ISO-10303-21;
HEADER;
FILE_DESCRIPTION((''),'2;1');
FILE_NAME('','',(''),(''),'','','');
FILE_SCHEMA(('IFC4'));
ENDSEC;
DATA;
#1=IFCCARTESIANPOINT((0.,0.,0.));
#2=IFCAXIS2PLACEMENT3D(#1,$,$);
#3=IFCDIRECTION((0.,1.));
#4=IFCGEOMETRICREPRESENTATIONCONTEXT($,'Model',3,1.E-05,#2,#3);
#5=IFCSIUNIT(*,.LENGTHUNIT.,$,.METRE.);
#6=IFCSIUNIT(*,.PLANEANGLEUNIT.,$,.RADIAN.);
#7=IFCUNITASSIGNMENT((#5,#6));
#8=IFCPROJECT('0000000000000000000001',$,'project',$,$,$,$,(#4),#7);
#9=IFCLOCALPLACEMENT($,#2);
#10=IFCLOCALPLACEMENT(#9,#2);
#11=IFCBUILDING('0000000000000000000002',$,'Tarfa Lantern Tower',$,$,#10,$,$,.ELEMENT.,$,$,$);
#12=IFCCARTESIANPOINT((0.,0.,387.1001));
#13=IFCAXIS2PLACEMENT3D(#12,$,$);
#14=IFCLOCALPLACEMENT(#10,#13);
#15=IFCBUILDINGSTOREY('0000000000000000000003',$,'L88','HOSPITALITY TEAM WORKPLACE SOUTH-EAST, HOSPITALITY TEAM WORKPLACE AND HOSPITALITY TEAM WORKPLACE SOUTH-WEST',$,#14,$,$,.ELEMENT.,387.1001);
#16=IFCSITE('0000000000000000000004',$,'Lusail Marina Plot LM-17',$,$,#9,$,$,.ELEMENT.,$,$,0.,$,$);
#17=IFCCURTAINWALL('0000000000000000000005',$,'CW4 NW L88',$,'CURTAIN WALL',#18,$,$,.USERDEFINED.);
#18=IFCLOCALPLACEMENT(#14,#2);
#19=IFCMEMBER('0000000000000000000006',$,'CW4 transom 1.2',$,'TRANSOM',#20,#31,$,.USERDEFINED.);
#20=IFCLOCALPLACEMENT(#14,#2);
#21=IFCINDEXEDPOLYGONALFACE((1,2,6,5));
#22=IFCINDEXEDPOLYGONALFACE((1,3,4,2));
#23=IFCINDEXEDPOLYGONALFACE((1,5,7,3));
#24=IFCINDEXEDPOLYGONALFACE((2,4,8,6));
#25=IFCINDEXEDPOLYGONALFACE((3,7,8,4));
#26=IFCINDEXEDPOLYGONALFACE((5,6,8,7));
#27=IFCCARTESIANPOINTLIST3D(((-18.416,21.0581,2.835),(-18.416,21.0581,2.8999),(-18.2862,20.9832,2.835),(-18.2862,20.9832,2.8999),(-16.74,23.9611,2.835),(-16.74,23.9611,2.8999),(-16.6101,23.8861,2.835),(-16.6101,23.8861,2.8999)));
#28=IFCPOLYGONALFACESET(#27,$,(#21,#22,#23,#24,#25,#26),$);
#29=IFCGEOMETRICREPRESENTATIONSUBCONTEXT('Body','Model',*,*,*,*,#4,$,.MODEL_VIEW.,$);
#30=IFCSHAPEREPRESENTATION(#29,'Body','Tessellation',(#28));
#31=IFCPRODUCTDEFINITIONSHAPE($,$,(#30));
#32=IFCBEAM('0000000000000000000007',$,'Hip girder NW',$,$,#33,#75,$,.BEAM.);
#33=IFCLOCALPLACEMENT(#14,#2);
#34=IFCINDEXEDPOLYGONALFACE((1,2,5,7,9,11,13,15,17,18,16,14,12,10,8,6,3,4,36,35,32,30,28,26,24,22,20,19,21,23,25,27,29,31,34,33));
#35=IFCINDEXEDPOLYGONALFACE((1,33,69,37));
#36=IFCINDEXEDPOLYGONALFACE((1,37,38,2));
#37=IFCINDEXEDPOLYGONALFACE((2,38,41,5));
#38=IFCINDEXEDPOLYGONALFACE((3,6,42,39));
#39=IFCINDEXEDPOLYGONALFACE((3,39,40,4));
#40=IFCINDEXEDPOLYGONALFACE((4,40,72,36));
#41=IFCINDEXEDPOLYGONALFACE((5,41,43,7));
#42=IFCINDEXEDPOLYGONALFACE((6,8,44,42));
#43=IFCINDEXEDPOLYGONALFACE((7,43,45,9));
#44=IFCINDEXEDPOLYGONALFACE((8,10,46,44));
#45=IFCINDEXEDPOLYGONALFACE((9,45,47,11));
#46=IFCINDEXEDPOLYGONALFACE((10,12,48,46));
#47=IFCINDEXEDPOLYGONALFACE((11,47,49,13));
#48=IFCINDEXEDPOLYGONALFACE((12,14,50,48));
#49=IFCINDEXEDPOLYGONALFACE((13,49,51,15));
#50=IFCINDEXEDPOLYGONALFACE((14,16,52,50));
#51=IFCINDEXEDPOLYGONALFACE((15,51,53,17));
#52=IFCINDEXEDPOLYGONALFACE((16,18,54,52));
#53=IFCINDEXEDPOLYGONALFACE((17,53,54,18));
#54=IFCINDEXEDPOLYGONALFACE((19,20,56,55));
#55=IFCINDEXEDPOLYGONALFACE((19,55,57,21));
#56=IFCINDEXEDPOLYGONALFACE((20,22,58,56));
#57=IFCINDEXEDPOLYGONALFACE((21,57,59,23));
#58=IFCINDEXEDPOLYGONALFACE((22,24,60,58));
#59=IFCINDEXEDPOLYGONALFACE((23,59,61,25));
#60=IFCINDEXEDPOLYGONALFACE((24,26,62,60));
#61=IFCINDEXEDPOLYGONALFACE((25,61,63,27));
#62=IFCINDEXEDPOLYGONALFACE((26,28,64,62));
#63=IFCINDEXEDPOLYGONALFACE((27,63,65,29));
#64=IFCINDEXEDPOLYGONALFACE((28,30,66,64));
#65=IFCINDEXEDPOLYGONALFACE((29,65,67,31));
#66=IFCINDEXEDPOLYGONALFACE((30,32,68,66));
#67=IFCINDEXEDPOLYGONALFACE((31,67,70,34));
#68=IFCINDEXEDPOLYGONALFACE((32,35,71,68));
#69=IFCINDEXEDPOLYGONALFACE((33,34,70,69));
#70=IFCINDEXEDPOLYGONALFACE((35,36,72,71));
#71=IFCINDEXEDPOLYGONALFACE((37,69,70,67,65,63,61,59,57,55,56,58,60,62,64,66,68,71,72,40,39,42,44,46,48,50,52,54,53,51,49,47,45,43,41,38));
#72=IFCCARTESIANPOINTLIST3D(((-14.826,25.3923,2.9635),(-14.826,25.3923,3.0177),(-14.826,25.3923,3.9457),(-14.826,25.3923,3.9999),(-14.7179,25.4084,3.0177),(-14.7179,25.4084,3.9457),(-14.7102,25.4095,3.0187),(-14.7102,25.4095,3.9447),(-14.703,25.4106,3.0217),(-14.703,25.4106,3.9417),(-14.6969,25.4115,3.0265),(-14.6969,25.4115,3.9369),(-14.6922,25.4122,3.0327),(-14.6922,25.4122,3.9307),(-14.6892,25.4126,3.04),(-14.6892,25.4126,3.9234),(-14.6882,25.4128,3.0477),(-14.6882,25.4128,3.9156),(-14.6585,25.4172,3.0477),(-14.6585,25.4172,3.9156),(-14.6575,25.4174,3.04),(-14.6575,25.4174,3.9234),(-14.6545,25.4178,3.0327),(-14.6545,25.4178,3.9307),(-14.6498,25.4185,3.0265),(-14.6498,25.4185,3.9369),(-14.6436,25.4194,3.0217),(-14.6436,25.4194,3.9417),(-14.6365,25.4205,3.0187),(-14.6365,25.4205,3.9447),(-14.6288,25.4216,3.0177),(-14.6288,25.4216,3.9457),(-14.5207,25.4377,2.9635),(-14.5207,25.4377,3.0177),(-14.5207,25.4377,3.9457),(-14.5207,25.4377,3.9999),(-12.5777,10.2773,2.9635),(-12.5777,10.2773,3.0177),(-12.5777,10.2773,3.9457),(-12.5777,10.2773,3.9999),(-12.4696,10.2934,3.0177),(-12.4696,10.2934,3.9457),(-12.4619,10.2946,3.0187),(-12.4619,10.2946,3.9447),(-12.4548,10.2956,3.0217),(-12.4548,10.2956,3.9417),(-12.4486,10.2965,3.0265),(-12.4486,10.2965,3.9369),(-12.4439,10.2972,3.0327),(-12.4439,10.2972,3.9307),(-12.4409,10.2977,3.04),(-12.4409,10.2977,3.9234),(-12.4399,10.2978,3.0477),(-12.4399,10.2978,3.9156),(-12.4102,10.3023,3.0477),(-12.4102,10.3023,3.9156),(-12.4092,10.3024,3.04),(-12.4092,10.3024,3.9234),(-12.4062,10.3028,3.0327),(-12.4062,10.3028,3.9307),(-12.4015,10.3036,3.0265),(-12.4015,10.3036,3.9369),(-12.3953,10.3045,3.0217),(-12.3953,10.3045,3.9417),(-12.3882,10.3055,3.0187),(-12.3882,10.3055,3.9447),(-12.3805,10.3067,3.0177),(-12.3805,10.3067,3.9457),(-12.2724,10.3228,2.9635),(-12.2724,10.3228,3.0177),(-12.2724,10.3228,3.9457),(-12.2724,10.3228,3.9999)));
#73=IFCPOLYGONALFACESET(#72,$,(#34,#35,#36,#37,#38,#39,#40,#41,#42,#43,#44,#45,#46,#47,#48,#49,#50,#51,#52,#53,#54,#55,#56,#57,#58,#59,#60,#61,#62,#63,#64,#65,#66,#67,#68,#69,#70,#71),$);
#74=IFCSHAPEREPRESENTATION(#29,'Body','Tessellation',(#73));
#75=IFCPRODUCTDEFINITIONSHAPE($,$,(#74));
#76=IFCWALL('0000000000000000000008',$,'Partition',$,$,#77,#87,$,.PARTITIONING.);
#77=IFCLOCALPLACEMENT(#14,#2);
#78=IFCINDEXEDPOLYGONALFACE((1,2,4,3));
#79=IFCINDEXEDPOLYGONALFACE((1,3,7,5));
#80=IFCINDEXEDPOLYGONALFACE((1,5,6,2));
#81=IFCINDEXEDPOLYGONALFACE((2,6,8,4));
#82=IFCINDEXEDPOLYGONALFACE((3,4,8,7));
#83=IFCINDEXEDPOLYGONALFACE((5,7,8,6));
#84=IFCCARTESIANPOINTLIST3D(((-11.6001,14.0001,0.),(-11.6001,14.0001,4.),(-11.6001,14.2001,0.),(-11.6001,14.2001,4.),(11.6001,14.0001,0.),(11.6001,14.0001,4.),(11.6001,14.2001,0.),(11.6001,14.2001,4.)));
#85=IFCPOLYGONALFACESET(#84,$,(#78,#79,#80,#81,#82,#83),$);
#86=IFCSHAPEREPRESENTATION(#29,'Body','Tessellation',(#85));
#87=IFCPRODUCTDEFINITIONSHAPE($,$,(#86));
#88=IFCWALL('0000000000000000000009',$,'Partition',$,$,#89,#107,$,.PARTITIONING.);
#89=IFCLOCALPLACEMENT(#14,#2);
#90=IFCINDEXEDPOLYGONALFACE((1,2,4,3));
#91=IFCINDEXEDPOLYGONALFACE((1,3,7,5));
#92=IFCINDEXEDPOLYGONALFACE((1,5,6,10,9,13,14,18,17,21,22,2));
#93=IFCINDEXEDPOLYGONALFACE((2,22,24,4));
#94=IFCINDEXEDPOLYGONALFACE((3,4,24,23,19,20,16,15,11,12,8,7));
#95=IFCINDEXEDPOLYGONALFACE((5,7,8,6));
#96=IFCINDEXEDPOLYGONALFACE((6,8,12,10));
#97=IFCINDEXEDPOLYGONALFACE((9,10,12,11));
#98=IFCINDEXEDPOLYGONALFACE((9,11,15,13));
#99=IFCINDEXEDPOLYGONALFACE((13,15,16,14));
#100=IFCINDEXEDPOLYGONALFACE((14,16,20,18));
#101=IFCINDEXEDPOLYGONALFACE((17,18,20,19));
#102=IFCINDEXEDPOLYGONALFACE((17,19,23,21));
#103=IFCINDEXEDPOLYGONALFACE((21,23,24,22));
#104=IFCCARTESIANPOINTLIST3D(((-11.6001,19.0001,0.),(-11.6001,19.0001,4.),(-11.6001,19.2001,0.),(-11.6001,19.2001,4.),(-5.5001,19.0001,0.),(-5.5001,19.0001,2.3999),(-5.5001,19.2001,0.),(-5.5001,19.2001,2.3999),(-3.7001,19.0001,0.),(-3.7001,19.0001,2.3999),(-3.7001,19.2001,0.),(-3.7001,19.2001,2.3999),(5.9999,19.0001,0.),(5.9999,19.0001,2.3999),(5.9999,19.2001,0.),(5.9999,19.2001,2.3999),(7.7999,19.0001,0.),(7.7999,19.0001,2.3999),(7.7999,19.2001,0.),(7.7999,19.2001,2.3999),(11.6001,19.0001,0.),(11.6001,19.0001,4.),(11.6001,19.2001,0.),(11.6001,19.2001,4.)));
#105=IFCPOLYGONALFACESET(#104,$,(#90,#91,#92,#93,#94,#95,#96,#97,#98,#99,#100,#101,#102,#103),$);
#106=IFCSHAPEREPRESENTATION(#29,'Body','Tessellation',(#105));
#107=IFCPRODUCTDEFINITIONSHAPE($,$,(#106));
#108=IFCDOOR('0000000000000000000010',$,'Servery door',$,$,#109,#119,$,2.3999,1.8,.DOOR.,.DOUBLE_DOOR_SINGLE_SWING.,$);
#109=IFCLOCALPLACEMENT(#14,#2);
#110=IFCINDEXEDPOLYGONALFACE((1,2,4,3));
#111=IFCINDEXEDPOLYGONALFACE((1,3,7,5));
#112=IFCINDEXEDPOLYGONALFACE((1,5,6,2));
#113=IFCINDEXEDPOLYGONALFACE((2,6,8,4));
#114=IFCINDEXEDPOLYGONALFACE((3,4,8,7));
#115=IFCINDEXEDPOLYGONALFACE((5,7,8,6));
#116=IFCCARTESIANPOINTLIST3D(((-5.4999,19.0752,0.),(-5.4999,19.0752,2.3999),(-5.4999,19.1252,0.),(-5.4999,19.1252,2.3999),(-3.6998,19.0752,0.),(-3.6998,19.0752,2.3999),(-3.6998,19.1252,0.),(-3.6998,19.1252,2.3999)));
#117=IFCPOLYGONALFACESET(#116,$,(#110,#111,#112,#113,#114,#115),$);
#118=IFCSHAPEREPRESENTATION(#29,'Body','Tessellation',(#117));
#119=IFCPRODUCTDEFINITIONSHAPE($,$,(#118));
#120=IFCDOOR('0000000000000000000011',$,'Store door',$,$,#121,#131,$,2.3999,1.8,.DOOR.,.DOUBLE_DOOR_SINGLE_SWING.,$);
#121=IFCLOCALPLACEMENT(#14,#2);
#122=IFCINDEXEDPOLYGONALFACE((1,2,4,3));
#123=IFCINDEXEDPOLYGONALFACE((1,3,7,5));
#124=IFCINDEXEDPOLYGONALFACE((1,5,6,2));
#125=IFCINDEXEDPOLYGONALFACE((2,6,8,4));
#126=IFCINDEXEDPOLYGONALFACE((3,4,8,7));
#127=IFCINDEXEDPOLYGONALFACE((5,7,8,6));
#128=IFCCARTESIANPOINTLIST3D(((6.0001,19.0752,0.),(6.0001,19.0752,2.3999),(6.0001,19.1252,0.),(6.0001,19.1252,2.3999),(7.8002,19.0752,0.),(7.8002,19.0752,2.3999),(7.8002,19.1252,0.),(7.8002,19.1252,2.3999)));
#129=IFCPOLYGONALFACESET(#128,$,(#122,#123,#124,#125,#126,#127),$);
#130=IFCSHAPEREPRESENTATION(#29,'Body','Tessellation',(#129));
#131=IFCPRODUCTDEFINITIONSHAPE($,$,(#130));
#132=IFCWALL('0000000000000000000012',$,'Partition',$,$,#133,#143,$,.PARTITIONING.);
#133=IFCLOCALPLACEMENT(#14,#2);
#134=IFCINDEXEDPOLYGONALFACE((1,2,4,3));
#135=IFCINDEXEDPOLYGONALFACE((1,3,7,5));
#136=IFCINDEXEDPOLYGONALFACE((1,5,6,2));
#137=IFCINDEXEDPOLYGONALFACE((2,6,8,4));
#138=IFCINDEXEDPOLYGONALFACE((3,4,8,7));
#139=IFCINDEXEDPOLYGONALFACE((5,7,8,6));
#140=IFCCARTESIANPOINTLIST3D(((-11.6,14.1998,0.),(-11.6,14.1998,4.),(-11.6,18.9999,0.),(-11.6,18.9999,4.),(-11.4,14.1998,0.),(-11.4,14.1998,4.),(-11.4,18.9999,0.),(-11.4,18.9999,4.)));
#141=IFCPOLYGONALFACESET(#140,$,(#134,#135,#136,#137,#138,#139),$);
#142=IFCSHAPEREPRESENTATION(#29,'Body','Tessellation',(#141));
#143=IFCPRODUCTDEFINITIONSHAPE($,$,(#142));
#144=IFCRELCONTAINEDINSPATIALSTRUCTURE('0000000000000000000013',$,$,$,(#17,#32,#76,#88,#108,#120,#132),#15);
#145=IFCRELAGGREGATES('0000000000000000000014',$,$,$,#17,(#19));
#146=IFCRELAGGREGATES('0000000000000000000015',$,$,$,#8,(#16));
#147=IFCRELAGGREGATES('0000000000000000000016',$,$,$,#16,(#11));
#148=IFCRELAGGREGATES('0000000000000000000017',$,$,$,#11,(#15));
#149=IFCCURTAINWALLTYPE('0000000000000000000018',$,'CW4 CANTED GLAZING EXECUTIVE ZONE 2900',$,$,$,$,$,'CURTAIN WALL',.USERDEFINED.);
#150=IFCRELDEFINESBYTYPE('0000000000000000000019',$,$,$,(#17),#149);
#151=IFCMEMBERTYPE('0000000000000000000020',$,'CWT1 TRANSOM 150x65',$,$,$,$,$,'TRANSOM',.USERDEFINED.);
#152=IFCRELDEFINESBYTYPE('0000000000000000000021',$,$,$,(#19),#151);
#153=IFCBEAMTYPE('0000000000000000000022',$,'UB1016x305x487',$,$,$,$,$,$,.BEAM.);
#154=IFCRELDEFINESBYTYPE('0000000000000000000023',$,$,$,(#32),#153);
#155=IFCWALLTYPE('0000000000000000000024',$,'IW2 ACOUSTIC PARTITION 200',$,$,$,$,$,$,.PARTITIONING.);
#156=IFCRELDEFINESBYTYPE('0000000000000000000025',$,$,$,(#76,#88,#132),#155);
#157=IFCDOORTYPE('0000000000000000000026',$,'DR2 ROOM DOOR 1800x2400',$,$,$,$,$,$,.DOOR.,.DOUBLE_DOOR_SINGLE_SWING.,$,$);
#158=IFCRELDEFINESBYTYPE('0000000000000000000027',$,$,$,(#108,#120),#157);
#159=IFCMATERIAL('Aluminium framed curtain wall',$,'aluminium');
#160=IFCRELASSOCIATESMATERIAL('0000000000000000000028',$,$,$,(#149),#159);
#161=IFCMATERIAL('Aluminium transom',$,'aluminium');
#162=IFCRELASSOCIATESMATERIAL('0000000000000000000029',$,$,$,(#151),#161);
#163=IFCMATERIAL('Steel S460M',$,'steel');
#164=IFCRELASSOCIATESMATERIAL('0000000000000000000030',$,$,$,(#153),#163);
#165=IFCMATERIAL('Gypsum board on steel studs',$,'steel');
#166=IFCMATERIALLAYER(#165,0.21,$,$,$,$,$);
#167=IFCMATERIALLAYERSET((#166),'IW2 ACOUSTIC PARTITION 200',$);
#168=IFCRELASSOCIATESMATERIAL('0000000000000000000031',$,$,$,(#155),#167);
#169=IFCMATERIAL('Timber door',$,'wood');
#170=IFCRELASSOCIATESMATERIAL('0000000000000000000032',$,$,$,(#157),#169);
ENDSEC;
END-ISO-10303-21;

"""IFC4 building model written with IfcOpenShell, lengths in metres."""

from ifc_helpers import new_model, si_unit, direction, frame, frame_2d, origin, origin_2d, place, context, subcontext, project, spatial, rectangle, i_section, extrude, material, layer, layer_set, material_profile, profile_set, type_object, element, fill, aggregate, save


model = new_model("IFC4")

# Units and contexts
model_context = context("Model", 3, precision=1e-05, world=origin(), true_north=direction((0.0, 1.0)))
body_context = subcontext(model_context, "Body", "Model", "MODEL_VIEW")
ifc_project = project(units=[si_unit("LENGTHUNIT", "METRE"), si_unit("PLANEANGLEUNIT", "RADIAN")], contexts=[model_context])

# Site, building, storey
site_placement = place(None, origin())
site = spatial("IfcSite", under=ifc_project, at=site_placement, Name="Lusail Marina Plot LM-17", CompositionType="ELEMENT", RefElevation=0.0)
building_placement = place(site_placement, origin())
building = spatial("IfcBuilding", under=site, at=building_placement, Name="Tarfa Lantern Tower", CompositionType="ELEMENT")
storey_placement = place(building_placement, frame((0.0, 0.0, 387.1001)))
storey = spatial("IfcBuildingStorey", under=building, at=storey_placement, Name="L88", Description="HOSPITALITY TEAM WORKPLACE SOUTH-EAST, HOSPITALITY TEAM WORKPLACE AND HOSPITALITY TEAM WORKPLACE SOUTH-WEST", CompositionType="ELEMENT", Elevation=387.1001)

# Curtain wall, member
ifc_material_1 = material(Name="Aluminium framed curtain wall", Category="aluminium")
curtain_wall_type = type_object("IfcCurtainWallType", Name="CW4 CANTED GLAZING EXECUTIVE ZONE 2900", ElementType="CURTAIN WALL", PredefinedType="USERDEFINED", material=ifc_material_1)
curtain_wall_placement = place(storey_placement, origin())
curtain_wall = element("IfcCurtainWall", 1, at=curtain_wall_placement, inside=storey, type_object=curtain_wall_type, Name="CW4 NW L88", ObjectType="CURTAIN WALL", PredefinedType="USERDEFINED")
ifc_material_2 = material(Name="Aluminium transom", Category="aluminium")
ifc_material_profile_1 = material_profile(ifc_material_2, rectangle(XDim=0.1499, YDim=0.0649, at=origin_2d()), Name="AL TRANSOM 150x65")
ifc_profile_set_1 = profile_set([ifc_material_profile_1], Name="Aluminium transom")
member_type = type_object("IfcMemberType", Name="CWT1 TRANSOM 150x65", ElementType="TRANSOM", PredefinedType="USERDEFINED", material=ifc_profile_set_1)
member_placement = place(storey_placement, frame((-16.675, 23.9236, 2.8674), z_axis=(-0.500017, -0.866016, 0.0), x_axis=(0.866016, -0.500017, 0.0)))
member = element("IfcMember", 2, at=member_placement, type_object=member_type, Name="CW4 transom 1.2", ObjectType="TRANSOM", PredefinedType="USERDEFINED", context=body_context, shape_type="SweptSolid", body=[
    extrude(rectangle(XDim=0.1499, YDim=0.0649, at=origin_2d()), origin(), (0.0, 0.0, 1.0), 3.3521),
])
aggregate(curtain_wall, [member])

# Beam
ifc_material_3 = material(Name="Steel S460M", Category="steel")
ifc_material_profile_2 = material_profile(ifc_material_3, i_section(OverallWidth=0.3086, OverallDepth=1.0364, WebThickness=0.03, FlangeThickness=0.0542, FilletRadius=0.03, at=origin_2d()), Name="UB1016x305x487")
ifc_profile_set_2 = profile_set([ifc_material_profile_2], Name="Steel S460M")
beam_type = type_object("IfcBeamType", Name="UB1016x305x487", PredefinedType="BEAM", material=ifc_profile_set_2)
beam_placement = place(storey_placement, frame((-12.425, 10.3, 3.4817), z_axis=(-0.147127, 0.989118, 0.0), x_axis=(-0.989118, -0.147127, 0.0)))
element("IfcBeam", 3, at=beam_placement, inside=storey, type_object=beam_type, Name="Hip girder NW", PredefinedType="BEAM", context=body_context, shape_type="SweptSolid", body=[
    extrude(i_section(OverallWidth=0.3086, OverallDepth=1.0364, WebThickness=0.03, FlangeThickness=0.0542, FilletRadius=0.03, at=origin_2d()), origin(), (0.0, 0.0, 1.0), 15.2812),
])

# Wall
ifc_material_4 = material(Name="Gypsum board on steel studs", Category="steel")
ifc_layer_1 = layer(ifc_material_4, 0.21)
ifc_layer_set_1 = layer_set([ifc_layer_1], Name="IW2 ACOUSTIC PARTITION 200")
wall_type_1 = type_object("IfcWallType", Name="IW2 ACOUSTIC PARTITION 200", PredefinedType="PARTITIONING", material=ifc_layer_set_1)
wall_1_placement = place(storey_placement, frame((-11.6001, 14.1001, 0.0), z_axis=(0.0, 0.0, 1.0), x_axis=(1.0, 0.0, 0.0)))
element("IfcWall", 4, at=wall_1_placement, inside=storey, type_object=wall_type_1, Name="Partition", PredefinedType="PARTITIONING", context=body_context, shape_type="SweptSolid", body=[
    extrude(rectangle(XDim=23.2002, YDim=0.2, at=frame_2d((11.6001, 0.0))), origin(), (0.0, 0.0, 1.0), 4.0),
])

# Wall, openings, doors
wall_2_placement = place(storey_placement, frame((-11.6001, 19.1001, 0.0), z_axis=(0.0, 0.0, 1.0), x_axis=(1.0, 0.0, 0.0)))
wall_2 = element("IfcWall", 5, at=wall_2_placement, inside=storey, type_object=wall_type_1, Name="Partition", PredefinedType="PARTITIONING", context=body_context, shape_type="SweptSolid", body=[
    extrude(rectangle(XDim=23.2002, YDim=0.2, at=frame_2d((11.6001, 0.0))), origin(), (0.0, 0.0, 1.0), 4.0),
])
opening_1_placement = place(wall_2_placement, frame((6.1001, 0.0, 0.0)))
opening_1 = element("IfcOpeningElement", 6, at=opening_1_placement, cuts=wall_2, PredefinedType="OPENING", context=body_context, shape_type="SweptSolid", body=[
    extrude(rectangle(XDim=1.8, YDim=2.3999, at=frame_2d((0.8999, 1.2))), frame((0.0, 0.1099, 0.0), z_axis=(0.0, -1.0, 0.0), x_axis=(1.0, 0.0, 0.0)), (0.0, 0.0, 1.0), 0.22),
])
opening_2_placement = place(wall_2_placement, frame((17.6001, 0.0, 0.0)))
opening_2 = element("IfcOpeningElement", 7, at=opening_2_placement, cuts=wall_2, PredefinedType="OPENING", context=body_context, shape_type="SweptSolid", body=[
    extrude(rectangle(XDim=1.8, YDim=2.3999, at=frame_2d((0.8999, 1.2))), frame((0.0, 0.1099, 0.0), z_axis=(0.0, -1.0, 0.0), x_axis=(1.0, 0.0, 0.0)), (0.0, 0.0, 1.0), 0.22),
])
ifc_material_5 = material(Name="Timber door", Category="wood")
door_type_1 = type_object("IfcDoorType", Name="DR2 ROOM DOOR 1800x2400", OperationType="DOUBLE_DOOR_SINGLE_SWING", PredefinedType="DOOR", material=ifc_material_5)
door_1_placement = place(opening_1_placement, frame((1.8, 0.0, 0.0), z_axis=(0.0, 0.0, 1.0), x_axis=(-1.0, 0.0, 0.0)))
door_1 = element("IfcDoor", 8, at=door_1_placement, inside=storey, type_object=door_type_1, Name="Servery door", OperationType="DOUBLE_DOOR_SINGLE_SWING", OverallHeight=2.3999, OverallWidth=1.8, PredefinedType="DOOR", context=body_context, shape_type="SweptSolid", body=[
    extrude(rectangle(XDim=1.8, YDim=2.3999, at=frame_2d((0.8999, 1.2))), frame((0.0, 0.0249, 0.0), z_axis=(0.0, -1.0, 0.0), x_axis=(1.0, 0.0, 0.0)), (0.0, 0.0, 1.0), 0.05),
])
fill(opening_1, door_1)
door_2_placement = place(opening_2_placement, frame((1.8, 0.0, 0.0), z_axis=(0.0, 0.0, 1.0), x_axis=(-1.0, 0.0, 0.0)))
door_2 = element("IfcDoor", 9, at=door_2_placement, inside=storey, type_object=door_type_1, Name="Store door", OperationType="DOUBLE_DOOR_SINGLE_SWING", OverallHeight=2.3999, OverallWidth=1.8, PredefinedType="DOOR", context=body_context, shape_type="SweptSolid", body=[
    extrude(rectangle(XDim=1.8, YDim=2.3999, at=frame_2d((0.8999, 1.2))), frame((0.0, 0.0249, 0.0), z_axis=(0.0, -1.0, 0.0), x_axis=(1.0, 0.0, 0.0)), (0.0, 0.0, 1.0), 0.05),
])
fill(opening_2, door_2)

# Wall
wall_3_placement = place(storey_placement, frame((-11.5, 14.2, 0.0), z_axis=(0.0, 0.0, 1.0), x_axis=(0.0, 1.0, 0.0)))
element("IfcWall", 10, at=wall_3_placement, inside=storey, type_object=wall_type_1, Name="Partition", PredefinedType="PARTITIONING", context=body_context, shape_type="SweptSolid", body=[
    extrude(rectangle(XDim=4.8, YDim=0.2, at=frame_2d((2.3999, 0.0))), origin(), (0.0, 0.0, 1.0), 4.0),
])

save(model, "model.ifc")
